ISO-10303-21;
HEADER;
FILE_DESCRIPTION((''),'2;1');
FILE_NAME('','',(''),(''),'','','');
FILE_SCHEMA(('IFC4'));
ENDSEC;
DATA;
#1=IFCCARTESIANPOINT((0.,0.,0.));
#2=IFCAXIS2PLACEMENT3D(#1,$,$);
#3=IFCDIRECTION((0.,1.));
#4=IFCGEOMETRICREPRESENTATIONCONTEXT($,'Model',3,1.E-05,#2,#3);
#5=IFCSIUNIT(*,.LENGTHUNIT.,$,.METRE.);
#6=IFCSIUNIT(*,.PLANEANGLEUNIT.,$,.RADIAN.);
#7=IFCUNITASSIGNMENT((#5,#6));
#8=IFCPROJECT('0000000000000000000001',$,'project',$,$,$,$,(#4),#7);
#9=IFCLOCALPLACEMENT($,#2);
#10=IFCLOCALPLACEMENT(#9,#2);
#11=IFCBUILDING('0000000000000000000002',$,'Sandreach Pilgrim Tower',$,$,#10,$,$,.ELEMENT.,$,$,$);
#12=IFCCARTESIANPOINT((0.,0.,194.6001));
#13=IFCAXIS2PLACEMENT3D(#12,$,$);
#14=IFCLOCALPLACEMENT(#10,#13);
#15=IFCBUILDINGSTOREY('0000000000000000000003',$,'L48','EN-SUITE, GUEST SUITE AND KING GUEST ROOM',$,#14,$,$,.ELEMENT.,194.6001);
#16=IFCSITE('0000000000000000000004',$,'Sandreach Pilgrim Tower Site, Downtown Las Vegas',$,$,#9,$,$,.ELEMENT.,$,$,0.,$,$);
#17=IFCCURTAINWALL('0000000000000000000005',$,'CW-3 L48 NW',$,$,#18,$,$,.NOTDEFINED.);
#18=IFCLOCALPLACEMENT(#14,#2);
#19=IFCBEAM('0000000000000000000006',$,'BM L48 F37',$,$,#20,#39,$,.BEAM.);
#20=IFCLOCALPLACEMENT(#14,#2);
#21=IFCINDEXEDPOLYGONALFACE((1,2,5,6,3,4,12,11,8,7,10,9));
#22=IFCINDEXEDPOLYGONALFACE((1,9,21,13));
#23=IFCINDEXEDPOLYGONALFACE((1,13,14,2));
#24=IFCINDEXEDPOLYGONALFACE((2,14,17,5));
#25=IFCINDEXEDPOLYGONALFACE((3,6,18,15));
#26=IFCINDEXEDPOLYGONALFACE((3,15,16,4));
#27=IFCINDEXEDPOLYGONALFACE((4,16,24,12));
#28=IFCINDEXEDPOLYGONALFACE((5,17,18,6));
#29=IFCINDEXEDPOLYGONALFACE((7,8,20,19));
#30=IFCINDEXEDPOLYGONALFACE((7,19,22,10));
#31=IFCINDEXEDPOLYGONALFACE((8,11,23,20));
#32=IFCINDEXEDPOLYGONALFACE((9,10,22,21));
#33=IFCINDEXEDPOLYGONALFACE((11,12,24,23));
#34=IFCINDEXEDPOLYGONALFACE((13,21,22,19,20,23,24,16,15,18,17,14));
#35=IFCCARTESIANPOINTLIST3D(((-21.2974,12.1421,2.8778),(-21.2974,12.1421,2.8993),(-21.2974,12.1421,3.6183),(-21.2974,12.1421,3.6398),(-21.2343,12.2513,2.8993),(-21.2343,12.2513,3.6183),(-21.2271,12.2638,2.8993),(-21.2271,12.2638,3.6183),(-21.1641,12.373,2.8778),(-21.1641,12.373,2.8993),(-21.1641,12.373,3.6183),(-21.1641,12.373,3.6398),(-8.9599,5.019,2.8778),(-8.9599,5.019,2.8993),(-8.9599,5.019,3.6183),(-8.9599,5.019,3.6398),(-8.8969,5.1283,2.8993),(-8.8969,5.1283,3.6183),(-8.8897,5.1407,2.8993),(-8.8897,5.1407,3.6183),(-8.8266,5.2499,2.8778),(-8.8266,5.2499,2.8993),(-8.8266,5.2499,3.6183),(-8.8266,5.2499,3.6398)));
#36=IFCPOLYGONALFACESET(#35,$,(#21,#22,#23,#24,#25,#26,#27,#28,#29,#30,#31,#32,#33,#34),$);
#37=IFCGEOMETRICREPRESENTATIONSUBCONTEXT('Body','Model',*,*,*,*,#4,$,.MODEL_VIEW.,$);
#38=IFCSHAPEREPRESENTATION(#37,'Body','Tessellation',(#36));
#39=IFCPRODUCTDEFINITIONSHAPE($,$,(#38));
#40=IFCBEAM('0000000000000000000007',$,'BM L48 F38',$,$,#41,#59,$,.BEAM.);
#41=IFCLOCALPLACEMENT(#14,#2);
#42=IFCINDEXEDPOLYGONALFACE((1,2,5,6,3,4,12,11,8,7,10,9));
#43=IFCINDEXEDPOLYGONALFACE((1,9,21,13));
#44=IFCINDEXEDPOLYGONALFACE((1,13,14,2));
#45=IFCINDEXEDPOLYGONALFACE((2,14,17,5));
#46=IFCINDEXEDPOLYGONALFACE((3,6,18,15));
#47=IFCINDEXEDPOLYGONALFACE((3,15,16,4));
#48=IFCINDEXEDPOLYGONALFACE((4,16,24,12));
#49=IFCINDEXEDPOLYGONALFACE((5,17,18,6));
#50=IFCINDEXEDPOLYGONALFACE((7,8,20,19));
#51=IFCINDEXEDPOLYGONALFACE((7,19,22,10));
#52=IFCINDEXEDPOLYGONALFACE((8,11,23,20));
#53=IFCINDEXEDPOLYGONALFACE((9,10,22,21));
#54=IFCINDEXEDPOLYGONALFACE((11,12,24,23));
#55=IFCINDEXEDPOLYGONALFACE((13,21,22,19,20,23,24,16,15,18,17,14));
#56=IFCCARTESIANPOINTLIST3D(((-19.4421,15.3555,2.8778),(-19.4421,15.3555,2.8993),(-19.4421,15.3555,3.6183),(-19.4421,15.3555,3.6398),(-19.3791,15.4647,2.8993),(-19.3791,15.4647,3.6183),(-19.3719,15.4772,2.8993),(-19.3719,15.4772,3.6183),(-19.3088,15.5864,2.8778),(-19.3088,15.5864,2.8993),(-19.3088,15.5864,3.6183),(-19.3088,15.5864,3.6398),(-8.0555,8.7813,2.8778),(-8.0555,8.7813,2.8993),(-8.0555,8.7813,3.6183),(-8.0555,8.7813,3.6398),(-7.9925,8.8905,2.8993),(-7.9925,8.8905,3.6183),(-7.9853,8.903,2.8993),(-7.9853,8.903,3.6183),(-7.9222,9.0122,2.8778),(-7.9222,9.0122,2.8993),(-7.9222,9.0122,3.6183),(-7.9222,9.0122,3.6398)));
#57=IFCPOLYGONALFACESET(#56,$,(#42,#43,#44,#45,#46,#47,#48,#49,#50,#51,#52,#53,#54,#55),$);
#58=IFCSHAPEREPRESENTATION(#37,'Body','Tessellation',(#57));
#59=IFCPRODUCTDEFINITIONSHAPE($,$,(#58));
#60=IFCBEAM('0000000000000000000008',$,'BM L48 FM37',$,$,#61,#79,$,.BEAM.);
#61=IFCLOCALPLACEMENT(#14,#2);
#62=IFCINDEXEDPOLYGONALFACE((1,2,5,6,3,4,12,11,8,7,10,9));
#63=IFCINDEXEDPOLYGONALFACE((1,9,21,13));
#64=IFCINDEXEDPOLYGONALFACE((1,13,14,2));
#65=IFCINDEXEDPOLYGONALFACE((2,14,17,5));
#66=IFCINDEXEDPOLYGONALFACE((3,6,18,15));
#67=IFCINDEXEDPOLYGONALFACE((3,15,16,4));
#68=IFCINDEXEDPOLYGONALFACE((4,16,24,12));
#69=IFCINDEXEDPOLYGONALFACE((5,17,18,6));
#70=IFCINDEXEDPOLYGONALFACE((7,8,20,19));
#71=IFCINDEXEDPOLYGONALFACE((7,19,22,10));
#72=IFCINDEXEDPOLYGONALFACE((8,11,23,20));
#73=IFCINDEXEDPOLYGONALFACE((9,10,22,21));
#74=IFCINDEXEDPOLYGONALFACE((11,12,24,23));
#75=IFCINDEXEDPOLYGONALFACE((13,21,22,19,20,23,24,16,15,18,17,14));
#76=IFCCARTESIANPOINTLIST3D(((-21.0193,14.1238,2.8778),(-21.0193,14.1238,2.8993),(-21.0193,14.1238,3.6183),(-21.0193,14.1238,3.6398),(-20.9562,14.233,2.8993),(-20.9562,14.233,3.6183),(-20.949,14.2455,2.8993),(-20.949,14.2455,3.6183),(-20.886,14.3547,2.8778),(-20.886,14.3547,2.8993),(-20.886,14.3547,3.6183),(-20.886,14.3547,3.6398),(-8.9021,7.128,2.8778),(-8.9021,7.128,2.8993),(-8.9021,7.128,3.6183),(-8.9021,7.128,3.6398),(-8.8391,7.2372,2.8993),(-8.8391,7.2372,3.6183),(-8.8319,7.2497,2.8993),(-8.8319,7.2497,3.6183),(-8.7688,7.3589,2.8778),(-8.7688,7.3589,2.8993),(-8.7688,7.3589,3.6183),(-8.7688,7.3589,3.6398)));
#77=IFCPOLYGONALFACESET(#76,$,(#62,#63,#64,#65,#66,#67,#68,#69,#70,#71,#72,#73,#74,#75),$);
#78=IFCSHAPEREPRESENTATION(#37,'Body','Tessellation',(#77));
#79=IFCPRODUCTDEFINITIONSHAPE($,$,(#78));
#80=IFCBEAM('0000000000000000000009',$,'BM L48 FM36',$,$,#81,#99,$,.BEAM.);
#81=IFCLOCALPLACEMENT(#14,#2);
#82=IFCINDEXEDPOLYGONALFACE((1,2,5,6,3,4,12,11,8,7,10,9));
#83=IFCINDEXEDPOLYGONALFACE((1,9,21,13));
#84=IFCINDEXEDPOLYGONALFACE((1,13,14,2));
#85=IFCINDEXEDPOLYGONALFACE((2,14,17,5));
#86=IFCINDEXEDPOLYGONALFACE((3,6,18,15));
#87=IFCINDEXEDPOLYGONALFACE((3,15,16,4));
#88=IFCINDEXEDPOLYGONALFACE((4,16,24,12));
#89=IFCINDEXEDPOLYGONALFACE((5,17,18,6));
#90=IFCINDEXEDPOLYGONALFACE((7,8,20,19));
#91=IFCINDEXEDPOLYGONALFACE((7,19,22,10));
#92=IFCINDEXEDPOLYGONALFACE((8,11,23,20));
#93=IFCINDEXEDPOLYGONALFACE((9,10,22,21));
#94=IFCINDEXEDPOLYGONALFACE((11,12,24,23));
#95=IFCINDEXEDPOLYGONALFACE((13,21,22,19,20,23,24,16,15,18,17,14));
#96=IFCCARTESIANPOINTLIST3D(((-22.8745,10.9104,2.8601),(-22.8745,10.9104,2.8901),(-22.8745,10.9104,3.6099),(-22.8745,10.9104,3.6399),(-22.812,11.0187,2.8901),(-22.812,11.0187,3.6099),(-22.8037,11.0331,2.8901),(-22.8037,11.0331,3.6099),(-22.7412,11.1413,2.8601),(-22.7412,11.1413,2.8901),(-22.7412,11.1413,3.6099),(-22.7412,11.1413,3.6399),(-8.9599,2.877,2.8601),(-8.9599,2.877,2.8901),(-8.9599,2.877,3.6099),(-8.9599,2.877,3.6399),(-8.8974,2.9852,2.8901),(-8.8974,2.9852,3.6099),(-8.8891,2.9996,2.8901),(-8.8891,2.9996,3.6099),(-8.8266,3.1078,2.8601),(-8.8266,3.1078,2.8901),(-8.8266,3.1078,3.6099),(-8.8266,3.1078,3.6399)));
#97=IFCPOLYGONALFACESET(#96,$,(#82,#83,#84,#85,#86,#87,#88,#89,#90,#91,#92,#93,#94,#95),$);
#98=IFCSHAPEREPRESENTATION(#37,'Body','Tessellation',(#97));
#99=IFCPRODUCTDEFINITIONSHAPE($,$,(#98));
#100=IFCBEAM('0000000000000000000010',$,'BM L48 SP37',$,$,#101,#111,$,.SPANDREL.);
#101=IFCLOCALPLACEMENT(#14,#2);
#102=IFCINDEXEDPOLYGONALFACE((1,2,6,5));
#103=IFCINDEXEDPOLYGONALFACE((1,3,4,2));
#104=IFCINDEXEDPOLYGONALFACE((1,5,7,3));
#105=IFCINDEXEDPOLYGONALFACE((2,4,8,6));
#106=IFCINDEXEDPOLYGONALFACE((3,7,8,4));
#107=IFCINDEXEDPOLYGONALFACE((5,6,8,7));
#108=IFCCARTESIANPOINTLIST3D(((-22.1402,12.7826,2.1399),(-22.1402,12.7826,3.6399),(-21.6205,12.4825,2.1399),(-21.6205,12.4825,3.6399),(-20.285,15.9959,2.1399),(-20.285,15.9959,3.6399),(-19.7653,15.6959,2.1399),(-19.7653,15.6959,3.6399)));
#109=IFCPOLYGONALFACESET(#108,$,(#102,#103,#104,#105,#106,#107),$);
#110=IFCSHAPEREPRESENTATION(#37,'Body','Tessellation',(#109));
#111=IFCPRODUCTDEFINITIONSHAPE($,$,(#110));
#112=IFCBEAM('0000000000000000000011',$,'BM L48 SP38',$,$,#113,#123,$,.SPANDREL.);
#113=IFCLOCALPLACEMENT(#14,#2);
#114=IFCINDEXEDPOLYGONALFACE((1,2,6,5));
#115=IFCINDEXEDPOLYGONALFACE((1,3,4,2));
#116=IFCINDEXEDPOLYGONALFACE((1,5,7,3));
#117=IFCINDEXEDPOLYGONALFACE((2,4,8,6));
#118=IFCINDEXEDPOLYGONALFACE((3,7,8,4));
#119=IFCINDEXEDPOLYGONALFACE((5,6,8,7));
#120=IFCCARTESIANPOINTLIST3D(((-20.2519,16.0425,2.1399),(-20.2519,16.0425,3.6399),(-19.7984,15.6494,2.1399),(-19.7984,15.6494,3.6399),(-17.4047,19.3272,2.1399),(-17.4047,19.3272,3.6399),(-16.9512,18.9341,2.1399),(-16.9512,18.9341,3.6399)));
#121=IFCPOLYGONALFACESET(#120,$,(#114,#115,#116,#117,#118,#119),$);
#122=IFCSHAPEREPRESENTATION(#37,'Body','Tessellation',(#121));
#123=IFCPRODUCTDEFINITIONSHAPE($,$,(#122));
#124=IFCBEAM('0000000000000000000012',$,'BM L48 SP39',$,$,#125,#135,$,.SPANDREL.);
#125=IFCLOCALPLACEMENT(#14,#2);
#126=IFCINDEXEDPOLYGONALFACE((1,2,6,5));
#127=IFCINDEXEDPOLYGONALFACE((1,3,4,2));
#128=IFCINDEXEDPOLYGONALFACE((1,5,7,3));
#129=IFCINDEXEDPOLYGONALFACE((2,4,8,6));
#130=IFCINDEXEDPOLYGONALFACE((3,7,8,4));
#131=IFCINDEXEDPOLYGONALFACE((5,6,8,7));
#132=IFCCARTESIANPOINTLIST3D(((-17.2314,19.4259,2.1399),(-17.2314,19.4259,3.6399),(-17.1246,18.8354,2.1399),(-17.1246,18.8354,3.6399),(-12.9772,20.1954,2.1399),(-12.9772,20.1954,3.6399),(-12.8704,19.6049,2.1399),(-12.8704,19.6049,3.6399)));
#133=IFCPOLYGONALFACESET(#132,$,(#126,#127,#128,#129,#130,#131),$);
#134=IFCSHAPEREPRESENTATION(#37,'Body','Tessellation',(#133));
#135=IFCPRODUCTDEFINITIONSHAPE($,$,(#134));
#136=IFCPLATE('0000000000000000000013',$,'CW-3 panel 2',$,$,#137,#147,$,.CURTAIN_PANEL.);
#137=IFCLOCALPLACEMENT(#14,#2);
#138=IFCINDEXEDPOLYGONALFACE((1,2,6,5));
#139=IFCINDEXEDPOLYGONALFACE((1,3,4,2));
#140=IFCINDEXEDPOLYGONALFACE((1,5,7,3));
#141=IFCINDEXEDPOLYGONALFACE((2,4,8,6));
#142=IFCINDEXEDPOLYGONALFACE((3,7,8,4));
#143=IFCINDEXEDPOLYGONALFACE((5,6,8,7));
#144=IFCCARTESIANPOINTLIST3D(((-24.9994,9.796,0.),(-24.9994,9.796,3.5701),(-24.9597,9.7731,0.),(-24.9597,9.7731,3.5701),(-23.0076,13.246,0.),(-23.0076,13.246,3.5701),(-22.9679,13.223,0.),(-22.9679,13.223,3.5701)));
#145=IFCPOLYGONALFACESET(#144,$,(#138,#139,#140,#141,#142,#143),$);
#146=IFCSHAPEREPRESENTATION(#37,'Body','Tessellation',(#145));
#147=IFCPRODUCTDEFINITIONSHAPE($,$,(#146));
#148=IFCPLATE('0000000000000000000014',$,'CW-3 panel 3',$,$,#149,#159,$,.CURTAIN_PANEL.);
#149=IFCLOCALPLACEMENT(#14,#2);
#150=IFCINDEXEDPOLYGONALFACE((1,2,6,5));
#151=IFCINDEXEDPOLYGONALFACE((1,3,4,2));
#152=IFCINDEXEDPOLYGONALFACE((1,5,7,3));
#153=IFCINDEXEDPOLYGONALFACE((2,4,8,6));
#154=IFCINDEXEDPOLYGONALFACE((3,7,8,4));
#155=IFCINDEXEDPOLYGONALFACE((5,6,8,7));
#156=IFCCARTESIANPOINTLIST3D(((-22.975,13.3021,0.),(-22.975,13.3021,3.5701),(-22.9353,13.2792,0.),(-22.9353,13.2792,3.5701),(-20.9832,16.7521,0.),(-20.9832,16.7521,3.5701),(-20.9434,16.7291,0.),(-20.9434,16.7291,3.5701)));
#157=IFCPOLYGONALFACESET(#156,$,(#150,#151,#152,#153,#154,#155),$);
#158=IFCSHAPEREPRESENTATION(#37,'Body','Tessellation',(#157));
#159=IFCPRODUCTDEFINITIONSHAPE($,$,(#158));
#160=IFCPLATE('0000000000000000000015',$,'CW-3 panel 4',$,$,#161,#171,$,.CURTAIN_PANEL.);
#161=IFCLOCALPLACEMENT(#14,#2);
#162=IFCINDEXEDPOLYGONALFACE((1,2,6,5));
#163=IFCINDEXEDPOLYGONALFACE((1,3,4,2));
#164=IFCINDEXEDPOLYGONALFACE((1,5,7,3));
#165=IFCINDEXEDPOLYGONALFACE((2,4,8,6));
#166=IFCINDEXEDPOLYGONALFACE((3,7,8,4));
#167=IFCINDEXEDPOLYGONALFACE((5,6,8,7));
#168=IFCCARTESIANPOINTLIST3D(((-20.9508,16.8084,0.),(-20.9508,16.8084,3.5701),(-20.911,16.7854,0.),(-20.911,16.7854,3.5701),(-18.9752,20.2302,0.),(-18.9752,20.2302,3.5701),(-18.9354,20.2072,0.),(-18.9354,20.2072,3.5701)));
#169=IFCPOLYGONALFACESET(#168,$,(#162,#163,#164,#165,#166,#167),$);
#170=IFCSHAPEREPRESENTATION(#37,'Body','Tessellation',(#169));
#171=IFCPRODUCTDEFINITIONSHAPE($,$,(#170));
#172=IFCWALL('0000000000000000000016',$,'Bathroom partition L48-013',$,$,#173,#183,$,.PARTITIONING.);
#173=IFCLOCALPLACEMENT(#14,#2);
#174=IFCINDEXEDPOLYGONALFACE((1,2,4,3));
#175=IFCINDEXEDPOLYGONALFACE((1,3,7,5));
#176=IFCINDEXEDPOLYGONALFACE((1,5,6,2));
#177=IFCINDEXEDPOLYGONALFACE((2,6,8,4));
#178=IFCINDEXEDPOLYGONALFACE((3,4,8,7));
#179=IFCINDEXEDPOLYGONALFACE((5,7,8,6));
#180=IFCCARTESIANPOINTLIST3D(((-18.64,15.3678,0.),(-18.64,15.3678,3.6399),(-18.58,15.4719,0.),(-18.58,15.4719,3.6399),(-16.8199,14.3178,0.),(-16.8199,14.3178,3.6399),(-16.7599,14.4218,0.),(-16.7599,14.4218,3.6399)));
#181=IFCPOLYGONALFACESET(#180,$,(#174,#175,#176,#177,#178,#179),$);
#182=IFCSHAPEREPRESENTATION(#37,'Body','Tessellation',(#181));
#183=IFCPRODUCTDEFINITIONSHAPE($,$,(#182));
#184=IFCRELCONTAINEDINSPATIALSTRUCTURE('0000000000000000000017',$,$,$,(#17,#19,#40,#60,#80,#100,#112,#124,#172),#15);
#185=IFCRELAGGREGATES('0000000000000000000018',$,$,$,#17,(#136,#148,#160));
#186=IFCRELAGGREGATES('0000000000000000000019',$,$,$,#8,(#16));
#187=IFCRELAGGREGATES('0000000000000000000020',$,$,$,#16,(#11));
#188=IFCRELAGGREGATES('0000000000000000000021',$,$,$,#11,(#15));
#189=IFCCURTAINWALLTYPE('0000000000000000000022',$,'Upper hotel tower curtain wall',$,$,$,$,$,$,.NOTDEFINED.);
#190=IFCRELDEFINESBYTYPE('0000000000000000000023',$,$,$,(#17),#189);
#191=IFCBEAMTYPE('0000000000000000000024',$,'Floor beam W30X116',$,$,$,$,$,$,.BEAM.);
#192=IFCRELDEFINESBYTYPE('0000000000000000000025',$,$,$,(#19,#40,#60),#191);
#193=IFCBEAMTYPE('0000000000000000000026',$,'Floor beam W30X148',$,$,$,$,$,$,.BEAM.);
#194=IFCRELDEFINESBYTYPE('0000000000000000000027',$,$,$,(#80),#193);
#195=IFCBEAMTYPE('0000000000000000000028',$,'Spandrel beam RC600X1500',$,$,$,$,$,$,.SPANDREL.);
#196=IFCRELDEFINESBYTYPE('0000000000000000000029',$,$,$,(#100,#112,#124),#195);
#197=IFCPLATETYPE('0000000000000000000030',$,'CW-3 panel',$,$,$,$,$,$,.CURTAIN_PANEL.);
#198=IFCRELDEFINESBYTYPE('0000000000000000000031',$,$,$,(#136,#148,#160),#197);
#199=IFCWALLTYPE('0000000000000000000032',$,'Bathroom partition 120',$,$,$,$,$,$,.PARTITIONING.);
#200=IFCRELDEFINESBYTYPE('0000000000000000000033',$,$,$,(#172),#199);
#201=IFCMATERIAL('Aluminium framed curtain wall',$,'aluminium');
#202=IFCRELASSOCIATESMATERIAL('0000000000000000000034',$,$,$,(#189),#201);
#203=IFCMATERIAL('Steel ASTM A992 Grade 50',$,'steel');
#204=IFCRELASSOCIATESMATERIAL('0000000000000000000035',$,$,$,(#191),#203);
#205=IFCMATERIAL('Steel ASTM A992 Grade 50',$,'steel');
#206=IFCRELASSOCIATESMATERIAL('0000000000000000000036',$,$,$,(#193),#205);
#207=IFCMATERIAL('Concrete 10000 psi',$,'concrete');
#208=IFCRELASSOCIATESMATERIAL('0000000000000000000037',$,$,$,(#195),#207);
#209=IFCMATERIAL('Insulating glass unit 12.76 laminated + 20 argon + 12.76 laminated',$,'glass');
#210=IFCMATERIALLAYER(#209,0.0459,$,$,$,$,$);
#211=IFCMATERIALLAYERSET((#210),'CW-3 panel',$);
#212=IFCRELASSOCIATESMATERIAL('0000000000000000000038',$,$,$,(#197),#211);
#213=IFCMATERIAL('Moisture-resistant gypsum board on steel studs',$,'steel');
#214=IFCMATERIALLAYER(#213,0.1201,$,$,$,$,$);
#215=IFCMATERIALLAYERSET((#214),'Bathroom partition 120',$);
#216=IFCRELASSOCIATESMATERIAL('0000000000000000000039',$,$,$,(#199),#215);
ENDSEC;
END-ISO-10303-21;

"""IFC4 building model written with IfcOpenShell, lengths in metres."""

from ifc_helpers import new_model, si_unit, direction, frame, frame_2d, origin, origin_2d, place, context, subcontext, project, spatial, rectangle, i_section, extrude, material, layer, layer_set, material_profile, profile_set, type_object, element, aggregate, save


model = new_model("IFC4")

# Units and contexts
model_context = context("Model", 3, precision=1e-05, world=origin(), true_north=direction((0.0, 1.0)))
body_context = subcontext(model_context, "Body", "Model", "MODEL_VIEW")
ifc_project = project(units=[si_unit("LENGTHUNIT", "METRE"), si_unit("PLANEANGLEUNIT", "RADIAN")], contexts=[model_context])

# Site, building, storey
site_placement = place(None, origin())
site = spatial("IfcSite", under=ifc_project, at=site_placement, Name="Sandreach Pilgrim Tower Site, Downtown Las Vegas", CompositionType="ELEMENT", RefElevation=0.0)
building_placement = place(site_placement, origin())
building = spatial("IfcBuilding", under=site, at=building_placement, Name="Sandreach Pilgrim Tower", CompositionType="ELEMENT")
storey_placement = place(building_placement, frame((0.0, 0.0, 194.6001)))
storey = spatial("IfcBuildingStorey", under=building, at=storey_placement, Name="L48", Description="EN-SUITE, GUEST SUITE AND KING GUEST ROOM", CompositionType="ELEMENT", Elevation=194.6001)

# Shared definitions
ifc_material_1 = material(Name="Aluminium framed curtain wall", Category="aluminium")
curtain_wall_type = type_object("IfcCurtainWallType", Name="Upper hotel tower curtain wall", PredefinedType="NOTDEFINED", material=ifc_material_1)

# Curtain wall
curtain_wall_1_placement = place(storey_placement, origin())
curtain_wall_1 = element("IfcCurtainWall", 1, at=curtain_wall_1_placement, inside=storey, type_object=curtain_wall_type, Name="CW-3 L48 NW", PredefinedType="NOTDEFINED")

# Beams
ifc_material_2 = material(Name="Steel ASTM A992 Grade 50", Category="steel")
ifc_material_profile_1 = material_profile(ifc_material_2, i_section(OverallWidth=0.2666, OverallDepth=0.762, WebThickness=0.0144, FlangeThickness=0.0215, at=origin_2d()), Name="W30X116")
ifc_profile_set_1 = profile_set([ifc_material_profile_1], Name="Steel ASTM A992 Grade 50")
beam_type_1 = type_object("IfcBeamType", Name="Floor beam W30X116", PredefinedType="BEAM", material=ifc_profile_set_1)
beam_1_placement = place(storey_placement, frame((-21.2307, 12.2576, 3.2588), z_axis=(0.866024, -0.500002, 0.0), x_axis=(0.500002, 0.866024, 0.0)))
element("IfcBeam", 2, at=beam_1_placement, inside=storey, type_object=beam_type_1, Name="BM L48 F37", PredefinedType="BEAM", context=body_context, shape_type="SweptSolid", body=[
    extrude(i_section(OverallWidth=0.2666, OverallDepth=0.762, WebThickness=0.0144, FlangeThickness=0.0215, at=origin_2d()), origin(), (0.0, 0.0, 1.0), 14.2461),
])
beam_2_placement = place(storey_placement, frame((-19.3755, 15.4709, 3.2588), z_axis=(0.866022, -0.500005, 0.0), x_axis=(0.500005, 0.866022, 0.0)))
element("IfcBeam", 3, at=beam_2_placement, inside=storey, type_object=beam_type_1, Name="BM L48 F38", PredefinedType="BEAM", context=body_context, shape_type="SweptSolid", body=[
    extrude(i_section(OverallWidth=0.2666, OverallDepth=0.762, WebThickness=0.0144, FlangeThickness=0.0215, at=origin_2d()), origin(), (0.0, 0.0, 1.0), 13.1482),
])
beam_3_placement = place(storey_placement, frame((-20.9526, 14.2393, 3.2588), z_axis=(0.866026, -0.499999, 0.0), x_axis=(0.499999, 0.866026, 0.0)))
element("IfcBeam", 4, at=beam_3_placement, inside=storey, type_object=beam_type_1, Name="BM L48 FM37", PredefinedType="BEAM", context=body_context, shape_type="SweptSolid", body=[
    extrude(i_section(OverallWidth=0.2666, OverallDepth=0.762, WebThickness=0.0144, FlangeThickness=0.0215, at=origin_2d()), origin(), (0.0, 0.0, 1.0), 13.9917),
])
ifc_material_3 = material(Name="Steel ASTM A992 Grade 50", Category="steel")
ifc_material_profile_2 = material_profile(ifc_material_3, i_section(OverallWidth=0.2666, OverallDepth=0.7798, WebThickness=0.0166, FlangeThickness=0.03, at=origin_2d()), Name="W30X148")
ifc_profile_set_2 = profile_set([ifc_material_profile_2], Name="Steel ASTM A992 Grade 50")
beam_type_2 = type_object("IfcBeamType", Name="Floor beam W30X148", PredefinedType="BEAM", material=ifc_profile_set_2)
beam_4_placement = place(storey_placement, frame((-22.8079, 11.0259, 3.25), z_axis=(0.866029, -0.499994, 0.0), x_axis=(0.499994, 0.866029, 0.0)))
element("IfcBeam", 5, at=beam_4_placement, inside=storey, type_object=beam_type_2, Name="BM L48 FM36", PredefinedType="BEAM", context=body_context, shape_type="SweptSolid", body=[
    extrude(i_section(OverallWidth=0.2666, OverallDepth=0.7798, WebThickness=0.0166, FlangeThickness=0.03, at=origin_2d()), origin(), (0.0, 0.0, 1.0), 16.0671),
])
ifc_material_4 = material(Name="Concrete 10000 psi", Category="concrete")
ifc_material_profile_3 = material_profile(ifc_material_4, rectangle(XDim=0.6001, YDim=1.5, at=origin_2d()), Name="RC600X1500")
ifc_profile_set_3 = profile_set([ifc_material_profile_3], Name="Concrete 10000 psi")
beam_type_3 = type_object("IfcBeamType", Name="Spandrel beam RC600X1500", PredefinedType="SPANDREL", material=ifc_profile_set_3)
beam_5_placement = place(storey_placement, frame((-21.8804, 12.6326, 2.8899), z_axis=(0.499996, 0.866028, 0.0), x_axis=(-0.866028, 0.499996, 0.0)))
element("IfcBeam", 6, at=beam_5_placement, inside=storey, type_object=beam_type_3, Name="BM L48 SP37", PredefinedType="SPANDREL", context=body_context, shape_type="SweptSolid", body=[
    extrude(rectangle(XDim=0.6001, YDim=1.5, at=origin_2d()), origin(), (0.0, 0.0, 1.0), 3.7104),
])
beam_6_placement = place(storey_placement, frame((-20.0251, 15.8459, 2.8899), z_axis=(0.65499, 0.755637, 0.0), x_axis=(-0.755637, 0.65499, 0.0)))
element("IfcBeam", 7, at=beam_6_placement, inside=storey, type_object=beam_type_3, Name="BM L48 SP38", PredefinedType="SPANDREL", context=body_context, shape_type="SweptSolid", body=[
    extrude(rectangle(XDim=0.6001, YDim=1.5, at=origin_2d()), origin(), (0.0, 0.0, 1.0), 4.3469),
])
beam_7_placement = place(storey_placement, frame((-17.178, 19.1306, 2.8899), z_axis=(0.98403, 0.178001, 0.0), x_axis=(-0.178001, 0.98403, 0.0)))
element("IfcBeam", 8, at=beam_7_placement, inside=storey, type_object=beam_type_3, Name="BM L48 SP39", PredefinedType="SPANDREL", context=body_context, shape_type="SweptSolid", body=[
    extrude(rectangle(XDim=0.6001, YDim=1.5, at=origin_2d()), origin(), (0.0, 0.0, 1.0), 4.3232),
])

# Plates
ifc_material_5 = material(Name="Insulating glass unit 12.76 laminated + 20 argon + 12.76 laminated", Category="glass")
ifc_layer_1 = layer(ifc_material_5, 0.0459)
ifc_layer_set_1 = layer_set([ifc_layer_1], Name="CW-3 panel")
plate_type = type_object("IfcPlateType", Name="CW-3 panel", PredefinedType="CURTAIN_PANEL", material=ifc_layer_set_1)
plate_1_placement = place(storey_placement, frame((-23.9836, 11.5095, 0.0), z_axis=(0.0, 0.0, 1.0), x_axis=(0.5, 0.866025, 0.0)))
plate_1 = element("IfcPlate", 9, at=plate_1_placement, type_object=plate_type, Name="CW-3 panel 2", PredefinedType="CURTAIN_PANEL", context=body_context, shape_type="SweptSolid", body=[
    extrude(rectangle(XDim=3.9836, YDim=0.0459, at=origin_2d()), origin(), (0.0, 0.0, 1.0), 3.5701),
])
plate_2_placement = place(storey_placement, frame((-21.9592, 15.0156, 0.0), z_axis=(0.0, 0.0, 1.0), x_axis=(0.5, 0.866025, 0.0)))
plate_2 = element("IfcPlate", 10, at=plate_2_placement, type_object=plate_type, Name="CW-3 panel 3", PredefinedType="CURTAIN_PANEL", context=body_context, shape_type="SweptSolid", body=[
    extrude(rectangle(XDim=3.9836, YDim=0.0459, at=origin_2d()), origin(), (0.0, 0.0, 1.0), 3.5701),
])
plate_3_placement = place(storey_placement, frame((-19.9431, 18.5078, 0.0), z_axis=(0.0, 0.0, 1.0), x_axis=(0.5, 0.866025, 0.0)))
plate_3 = element("IfcPlate", 11, at=plate_3_placement, type_object=plate_type, Name="CW-3 panel 4", PredefinedType="CURTAIN_PANEL", context=body_context, shape_type="SweptSolid", body=[
    extrude(rectangle(XDim=3.9512, YDim=0.0459, at=origin_2d()), origin(), (0.0, 0.0, 1.0), 3.5701),
])
aggregate(curtain_wall_1, [plate_1, plate_2, plate_3])

# Wall
ifc_material_6 = material(Name="Moisture-resistant gypsum board on steel studs", Category="steel")
ifc_layer_2 = layer(ifc_material_6, 0.1201)
ifc_layer_set_2 = layer_set([ifc_layer_2], Name="Bathroom partition 120")
wall_type_1 = type_object("IfcWallType", Name="Bathroom partition 120", PredefinedType="PARTITIONING", material=ifc_layer_set_2)
wall_1_placement = place(storey_placement, frame((-18.6101, 15.4199, 0.0), z_axis=(0.0, 0.0, 1.0), x_axis=(0.866184, -0.499726, 0.0)))
element("IfcWall", 12, at=wall_1_placement, inside=storey, type_object=wall_type_1, Name="Bathroom partition L48-013", PredefinedType="PARTITIONING", context=body_context, shape_type="SweptSolid", body=[
    extrude(rectangle(XDim=2.1013, YDim=0.1201, at=frame_2d((1.0508, 0.0))), origin(), (0.0, 0.0, 1.0), 3.6399),
])

save(model, "model.ifc")
